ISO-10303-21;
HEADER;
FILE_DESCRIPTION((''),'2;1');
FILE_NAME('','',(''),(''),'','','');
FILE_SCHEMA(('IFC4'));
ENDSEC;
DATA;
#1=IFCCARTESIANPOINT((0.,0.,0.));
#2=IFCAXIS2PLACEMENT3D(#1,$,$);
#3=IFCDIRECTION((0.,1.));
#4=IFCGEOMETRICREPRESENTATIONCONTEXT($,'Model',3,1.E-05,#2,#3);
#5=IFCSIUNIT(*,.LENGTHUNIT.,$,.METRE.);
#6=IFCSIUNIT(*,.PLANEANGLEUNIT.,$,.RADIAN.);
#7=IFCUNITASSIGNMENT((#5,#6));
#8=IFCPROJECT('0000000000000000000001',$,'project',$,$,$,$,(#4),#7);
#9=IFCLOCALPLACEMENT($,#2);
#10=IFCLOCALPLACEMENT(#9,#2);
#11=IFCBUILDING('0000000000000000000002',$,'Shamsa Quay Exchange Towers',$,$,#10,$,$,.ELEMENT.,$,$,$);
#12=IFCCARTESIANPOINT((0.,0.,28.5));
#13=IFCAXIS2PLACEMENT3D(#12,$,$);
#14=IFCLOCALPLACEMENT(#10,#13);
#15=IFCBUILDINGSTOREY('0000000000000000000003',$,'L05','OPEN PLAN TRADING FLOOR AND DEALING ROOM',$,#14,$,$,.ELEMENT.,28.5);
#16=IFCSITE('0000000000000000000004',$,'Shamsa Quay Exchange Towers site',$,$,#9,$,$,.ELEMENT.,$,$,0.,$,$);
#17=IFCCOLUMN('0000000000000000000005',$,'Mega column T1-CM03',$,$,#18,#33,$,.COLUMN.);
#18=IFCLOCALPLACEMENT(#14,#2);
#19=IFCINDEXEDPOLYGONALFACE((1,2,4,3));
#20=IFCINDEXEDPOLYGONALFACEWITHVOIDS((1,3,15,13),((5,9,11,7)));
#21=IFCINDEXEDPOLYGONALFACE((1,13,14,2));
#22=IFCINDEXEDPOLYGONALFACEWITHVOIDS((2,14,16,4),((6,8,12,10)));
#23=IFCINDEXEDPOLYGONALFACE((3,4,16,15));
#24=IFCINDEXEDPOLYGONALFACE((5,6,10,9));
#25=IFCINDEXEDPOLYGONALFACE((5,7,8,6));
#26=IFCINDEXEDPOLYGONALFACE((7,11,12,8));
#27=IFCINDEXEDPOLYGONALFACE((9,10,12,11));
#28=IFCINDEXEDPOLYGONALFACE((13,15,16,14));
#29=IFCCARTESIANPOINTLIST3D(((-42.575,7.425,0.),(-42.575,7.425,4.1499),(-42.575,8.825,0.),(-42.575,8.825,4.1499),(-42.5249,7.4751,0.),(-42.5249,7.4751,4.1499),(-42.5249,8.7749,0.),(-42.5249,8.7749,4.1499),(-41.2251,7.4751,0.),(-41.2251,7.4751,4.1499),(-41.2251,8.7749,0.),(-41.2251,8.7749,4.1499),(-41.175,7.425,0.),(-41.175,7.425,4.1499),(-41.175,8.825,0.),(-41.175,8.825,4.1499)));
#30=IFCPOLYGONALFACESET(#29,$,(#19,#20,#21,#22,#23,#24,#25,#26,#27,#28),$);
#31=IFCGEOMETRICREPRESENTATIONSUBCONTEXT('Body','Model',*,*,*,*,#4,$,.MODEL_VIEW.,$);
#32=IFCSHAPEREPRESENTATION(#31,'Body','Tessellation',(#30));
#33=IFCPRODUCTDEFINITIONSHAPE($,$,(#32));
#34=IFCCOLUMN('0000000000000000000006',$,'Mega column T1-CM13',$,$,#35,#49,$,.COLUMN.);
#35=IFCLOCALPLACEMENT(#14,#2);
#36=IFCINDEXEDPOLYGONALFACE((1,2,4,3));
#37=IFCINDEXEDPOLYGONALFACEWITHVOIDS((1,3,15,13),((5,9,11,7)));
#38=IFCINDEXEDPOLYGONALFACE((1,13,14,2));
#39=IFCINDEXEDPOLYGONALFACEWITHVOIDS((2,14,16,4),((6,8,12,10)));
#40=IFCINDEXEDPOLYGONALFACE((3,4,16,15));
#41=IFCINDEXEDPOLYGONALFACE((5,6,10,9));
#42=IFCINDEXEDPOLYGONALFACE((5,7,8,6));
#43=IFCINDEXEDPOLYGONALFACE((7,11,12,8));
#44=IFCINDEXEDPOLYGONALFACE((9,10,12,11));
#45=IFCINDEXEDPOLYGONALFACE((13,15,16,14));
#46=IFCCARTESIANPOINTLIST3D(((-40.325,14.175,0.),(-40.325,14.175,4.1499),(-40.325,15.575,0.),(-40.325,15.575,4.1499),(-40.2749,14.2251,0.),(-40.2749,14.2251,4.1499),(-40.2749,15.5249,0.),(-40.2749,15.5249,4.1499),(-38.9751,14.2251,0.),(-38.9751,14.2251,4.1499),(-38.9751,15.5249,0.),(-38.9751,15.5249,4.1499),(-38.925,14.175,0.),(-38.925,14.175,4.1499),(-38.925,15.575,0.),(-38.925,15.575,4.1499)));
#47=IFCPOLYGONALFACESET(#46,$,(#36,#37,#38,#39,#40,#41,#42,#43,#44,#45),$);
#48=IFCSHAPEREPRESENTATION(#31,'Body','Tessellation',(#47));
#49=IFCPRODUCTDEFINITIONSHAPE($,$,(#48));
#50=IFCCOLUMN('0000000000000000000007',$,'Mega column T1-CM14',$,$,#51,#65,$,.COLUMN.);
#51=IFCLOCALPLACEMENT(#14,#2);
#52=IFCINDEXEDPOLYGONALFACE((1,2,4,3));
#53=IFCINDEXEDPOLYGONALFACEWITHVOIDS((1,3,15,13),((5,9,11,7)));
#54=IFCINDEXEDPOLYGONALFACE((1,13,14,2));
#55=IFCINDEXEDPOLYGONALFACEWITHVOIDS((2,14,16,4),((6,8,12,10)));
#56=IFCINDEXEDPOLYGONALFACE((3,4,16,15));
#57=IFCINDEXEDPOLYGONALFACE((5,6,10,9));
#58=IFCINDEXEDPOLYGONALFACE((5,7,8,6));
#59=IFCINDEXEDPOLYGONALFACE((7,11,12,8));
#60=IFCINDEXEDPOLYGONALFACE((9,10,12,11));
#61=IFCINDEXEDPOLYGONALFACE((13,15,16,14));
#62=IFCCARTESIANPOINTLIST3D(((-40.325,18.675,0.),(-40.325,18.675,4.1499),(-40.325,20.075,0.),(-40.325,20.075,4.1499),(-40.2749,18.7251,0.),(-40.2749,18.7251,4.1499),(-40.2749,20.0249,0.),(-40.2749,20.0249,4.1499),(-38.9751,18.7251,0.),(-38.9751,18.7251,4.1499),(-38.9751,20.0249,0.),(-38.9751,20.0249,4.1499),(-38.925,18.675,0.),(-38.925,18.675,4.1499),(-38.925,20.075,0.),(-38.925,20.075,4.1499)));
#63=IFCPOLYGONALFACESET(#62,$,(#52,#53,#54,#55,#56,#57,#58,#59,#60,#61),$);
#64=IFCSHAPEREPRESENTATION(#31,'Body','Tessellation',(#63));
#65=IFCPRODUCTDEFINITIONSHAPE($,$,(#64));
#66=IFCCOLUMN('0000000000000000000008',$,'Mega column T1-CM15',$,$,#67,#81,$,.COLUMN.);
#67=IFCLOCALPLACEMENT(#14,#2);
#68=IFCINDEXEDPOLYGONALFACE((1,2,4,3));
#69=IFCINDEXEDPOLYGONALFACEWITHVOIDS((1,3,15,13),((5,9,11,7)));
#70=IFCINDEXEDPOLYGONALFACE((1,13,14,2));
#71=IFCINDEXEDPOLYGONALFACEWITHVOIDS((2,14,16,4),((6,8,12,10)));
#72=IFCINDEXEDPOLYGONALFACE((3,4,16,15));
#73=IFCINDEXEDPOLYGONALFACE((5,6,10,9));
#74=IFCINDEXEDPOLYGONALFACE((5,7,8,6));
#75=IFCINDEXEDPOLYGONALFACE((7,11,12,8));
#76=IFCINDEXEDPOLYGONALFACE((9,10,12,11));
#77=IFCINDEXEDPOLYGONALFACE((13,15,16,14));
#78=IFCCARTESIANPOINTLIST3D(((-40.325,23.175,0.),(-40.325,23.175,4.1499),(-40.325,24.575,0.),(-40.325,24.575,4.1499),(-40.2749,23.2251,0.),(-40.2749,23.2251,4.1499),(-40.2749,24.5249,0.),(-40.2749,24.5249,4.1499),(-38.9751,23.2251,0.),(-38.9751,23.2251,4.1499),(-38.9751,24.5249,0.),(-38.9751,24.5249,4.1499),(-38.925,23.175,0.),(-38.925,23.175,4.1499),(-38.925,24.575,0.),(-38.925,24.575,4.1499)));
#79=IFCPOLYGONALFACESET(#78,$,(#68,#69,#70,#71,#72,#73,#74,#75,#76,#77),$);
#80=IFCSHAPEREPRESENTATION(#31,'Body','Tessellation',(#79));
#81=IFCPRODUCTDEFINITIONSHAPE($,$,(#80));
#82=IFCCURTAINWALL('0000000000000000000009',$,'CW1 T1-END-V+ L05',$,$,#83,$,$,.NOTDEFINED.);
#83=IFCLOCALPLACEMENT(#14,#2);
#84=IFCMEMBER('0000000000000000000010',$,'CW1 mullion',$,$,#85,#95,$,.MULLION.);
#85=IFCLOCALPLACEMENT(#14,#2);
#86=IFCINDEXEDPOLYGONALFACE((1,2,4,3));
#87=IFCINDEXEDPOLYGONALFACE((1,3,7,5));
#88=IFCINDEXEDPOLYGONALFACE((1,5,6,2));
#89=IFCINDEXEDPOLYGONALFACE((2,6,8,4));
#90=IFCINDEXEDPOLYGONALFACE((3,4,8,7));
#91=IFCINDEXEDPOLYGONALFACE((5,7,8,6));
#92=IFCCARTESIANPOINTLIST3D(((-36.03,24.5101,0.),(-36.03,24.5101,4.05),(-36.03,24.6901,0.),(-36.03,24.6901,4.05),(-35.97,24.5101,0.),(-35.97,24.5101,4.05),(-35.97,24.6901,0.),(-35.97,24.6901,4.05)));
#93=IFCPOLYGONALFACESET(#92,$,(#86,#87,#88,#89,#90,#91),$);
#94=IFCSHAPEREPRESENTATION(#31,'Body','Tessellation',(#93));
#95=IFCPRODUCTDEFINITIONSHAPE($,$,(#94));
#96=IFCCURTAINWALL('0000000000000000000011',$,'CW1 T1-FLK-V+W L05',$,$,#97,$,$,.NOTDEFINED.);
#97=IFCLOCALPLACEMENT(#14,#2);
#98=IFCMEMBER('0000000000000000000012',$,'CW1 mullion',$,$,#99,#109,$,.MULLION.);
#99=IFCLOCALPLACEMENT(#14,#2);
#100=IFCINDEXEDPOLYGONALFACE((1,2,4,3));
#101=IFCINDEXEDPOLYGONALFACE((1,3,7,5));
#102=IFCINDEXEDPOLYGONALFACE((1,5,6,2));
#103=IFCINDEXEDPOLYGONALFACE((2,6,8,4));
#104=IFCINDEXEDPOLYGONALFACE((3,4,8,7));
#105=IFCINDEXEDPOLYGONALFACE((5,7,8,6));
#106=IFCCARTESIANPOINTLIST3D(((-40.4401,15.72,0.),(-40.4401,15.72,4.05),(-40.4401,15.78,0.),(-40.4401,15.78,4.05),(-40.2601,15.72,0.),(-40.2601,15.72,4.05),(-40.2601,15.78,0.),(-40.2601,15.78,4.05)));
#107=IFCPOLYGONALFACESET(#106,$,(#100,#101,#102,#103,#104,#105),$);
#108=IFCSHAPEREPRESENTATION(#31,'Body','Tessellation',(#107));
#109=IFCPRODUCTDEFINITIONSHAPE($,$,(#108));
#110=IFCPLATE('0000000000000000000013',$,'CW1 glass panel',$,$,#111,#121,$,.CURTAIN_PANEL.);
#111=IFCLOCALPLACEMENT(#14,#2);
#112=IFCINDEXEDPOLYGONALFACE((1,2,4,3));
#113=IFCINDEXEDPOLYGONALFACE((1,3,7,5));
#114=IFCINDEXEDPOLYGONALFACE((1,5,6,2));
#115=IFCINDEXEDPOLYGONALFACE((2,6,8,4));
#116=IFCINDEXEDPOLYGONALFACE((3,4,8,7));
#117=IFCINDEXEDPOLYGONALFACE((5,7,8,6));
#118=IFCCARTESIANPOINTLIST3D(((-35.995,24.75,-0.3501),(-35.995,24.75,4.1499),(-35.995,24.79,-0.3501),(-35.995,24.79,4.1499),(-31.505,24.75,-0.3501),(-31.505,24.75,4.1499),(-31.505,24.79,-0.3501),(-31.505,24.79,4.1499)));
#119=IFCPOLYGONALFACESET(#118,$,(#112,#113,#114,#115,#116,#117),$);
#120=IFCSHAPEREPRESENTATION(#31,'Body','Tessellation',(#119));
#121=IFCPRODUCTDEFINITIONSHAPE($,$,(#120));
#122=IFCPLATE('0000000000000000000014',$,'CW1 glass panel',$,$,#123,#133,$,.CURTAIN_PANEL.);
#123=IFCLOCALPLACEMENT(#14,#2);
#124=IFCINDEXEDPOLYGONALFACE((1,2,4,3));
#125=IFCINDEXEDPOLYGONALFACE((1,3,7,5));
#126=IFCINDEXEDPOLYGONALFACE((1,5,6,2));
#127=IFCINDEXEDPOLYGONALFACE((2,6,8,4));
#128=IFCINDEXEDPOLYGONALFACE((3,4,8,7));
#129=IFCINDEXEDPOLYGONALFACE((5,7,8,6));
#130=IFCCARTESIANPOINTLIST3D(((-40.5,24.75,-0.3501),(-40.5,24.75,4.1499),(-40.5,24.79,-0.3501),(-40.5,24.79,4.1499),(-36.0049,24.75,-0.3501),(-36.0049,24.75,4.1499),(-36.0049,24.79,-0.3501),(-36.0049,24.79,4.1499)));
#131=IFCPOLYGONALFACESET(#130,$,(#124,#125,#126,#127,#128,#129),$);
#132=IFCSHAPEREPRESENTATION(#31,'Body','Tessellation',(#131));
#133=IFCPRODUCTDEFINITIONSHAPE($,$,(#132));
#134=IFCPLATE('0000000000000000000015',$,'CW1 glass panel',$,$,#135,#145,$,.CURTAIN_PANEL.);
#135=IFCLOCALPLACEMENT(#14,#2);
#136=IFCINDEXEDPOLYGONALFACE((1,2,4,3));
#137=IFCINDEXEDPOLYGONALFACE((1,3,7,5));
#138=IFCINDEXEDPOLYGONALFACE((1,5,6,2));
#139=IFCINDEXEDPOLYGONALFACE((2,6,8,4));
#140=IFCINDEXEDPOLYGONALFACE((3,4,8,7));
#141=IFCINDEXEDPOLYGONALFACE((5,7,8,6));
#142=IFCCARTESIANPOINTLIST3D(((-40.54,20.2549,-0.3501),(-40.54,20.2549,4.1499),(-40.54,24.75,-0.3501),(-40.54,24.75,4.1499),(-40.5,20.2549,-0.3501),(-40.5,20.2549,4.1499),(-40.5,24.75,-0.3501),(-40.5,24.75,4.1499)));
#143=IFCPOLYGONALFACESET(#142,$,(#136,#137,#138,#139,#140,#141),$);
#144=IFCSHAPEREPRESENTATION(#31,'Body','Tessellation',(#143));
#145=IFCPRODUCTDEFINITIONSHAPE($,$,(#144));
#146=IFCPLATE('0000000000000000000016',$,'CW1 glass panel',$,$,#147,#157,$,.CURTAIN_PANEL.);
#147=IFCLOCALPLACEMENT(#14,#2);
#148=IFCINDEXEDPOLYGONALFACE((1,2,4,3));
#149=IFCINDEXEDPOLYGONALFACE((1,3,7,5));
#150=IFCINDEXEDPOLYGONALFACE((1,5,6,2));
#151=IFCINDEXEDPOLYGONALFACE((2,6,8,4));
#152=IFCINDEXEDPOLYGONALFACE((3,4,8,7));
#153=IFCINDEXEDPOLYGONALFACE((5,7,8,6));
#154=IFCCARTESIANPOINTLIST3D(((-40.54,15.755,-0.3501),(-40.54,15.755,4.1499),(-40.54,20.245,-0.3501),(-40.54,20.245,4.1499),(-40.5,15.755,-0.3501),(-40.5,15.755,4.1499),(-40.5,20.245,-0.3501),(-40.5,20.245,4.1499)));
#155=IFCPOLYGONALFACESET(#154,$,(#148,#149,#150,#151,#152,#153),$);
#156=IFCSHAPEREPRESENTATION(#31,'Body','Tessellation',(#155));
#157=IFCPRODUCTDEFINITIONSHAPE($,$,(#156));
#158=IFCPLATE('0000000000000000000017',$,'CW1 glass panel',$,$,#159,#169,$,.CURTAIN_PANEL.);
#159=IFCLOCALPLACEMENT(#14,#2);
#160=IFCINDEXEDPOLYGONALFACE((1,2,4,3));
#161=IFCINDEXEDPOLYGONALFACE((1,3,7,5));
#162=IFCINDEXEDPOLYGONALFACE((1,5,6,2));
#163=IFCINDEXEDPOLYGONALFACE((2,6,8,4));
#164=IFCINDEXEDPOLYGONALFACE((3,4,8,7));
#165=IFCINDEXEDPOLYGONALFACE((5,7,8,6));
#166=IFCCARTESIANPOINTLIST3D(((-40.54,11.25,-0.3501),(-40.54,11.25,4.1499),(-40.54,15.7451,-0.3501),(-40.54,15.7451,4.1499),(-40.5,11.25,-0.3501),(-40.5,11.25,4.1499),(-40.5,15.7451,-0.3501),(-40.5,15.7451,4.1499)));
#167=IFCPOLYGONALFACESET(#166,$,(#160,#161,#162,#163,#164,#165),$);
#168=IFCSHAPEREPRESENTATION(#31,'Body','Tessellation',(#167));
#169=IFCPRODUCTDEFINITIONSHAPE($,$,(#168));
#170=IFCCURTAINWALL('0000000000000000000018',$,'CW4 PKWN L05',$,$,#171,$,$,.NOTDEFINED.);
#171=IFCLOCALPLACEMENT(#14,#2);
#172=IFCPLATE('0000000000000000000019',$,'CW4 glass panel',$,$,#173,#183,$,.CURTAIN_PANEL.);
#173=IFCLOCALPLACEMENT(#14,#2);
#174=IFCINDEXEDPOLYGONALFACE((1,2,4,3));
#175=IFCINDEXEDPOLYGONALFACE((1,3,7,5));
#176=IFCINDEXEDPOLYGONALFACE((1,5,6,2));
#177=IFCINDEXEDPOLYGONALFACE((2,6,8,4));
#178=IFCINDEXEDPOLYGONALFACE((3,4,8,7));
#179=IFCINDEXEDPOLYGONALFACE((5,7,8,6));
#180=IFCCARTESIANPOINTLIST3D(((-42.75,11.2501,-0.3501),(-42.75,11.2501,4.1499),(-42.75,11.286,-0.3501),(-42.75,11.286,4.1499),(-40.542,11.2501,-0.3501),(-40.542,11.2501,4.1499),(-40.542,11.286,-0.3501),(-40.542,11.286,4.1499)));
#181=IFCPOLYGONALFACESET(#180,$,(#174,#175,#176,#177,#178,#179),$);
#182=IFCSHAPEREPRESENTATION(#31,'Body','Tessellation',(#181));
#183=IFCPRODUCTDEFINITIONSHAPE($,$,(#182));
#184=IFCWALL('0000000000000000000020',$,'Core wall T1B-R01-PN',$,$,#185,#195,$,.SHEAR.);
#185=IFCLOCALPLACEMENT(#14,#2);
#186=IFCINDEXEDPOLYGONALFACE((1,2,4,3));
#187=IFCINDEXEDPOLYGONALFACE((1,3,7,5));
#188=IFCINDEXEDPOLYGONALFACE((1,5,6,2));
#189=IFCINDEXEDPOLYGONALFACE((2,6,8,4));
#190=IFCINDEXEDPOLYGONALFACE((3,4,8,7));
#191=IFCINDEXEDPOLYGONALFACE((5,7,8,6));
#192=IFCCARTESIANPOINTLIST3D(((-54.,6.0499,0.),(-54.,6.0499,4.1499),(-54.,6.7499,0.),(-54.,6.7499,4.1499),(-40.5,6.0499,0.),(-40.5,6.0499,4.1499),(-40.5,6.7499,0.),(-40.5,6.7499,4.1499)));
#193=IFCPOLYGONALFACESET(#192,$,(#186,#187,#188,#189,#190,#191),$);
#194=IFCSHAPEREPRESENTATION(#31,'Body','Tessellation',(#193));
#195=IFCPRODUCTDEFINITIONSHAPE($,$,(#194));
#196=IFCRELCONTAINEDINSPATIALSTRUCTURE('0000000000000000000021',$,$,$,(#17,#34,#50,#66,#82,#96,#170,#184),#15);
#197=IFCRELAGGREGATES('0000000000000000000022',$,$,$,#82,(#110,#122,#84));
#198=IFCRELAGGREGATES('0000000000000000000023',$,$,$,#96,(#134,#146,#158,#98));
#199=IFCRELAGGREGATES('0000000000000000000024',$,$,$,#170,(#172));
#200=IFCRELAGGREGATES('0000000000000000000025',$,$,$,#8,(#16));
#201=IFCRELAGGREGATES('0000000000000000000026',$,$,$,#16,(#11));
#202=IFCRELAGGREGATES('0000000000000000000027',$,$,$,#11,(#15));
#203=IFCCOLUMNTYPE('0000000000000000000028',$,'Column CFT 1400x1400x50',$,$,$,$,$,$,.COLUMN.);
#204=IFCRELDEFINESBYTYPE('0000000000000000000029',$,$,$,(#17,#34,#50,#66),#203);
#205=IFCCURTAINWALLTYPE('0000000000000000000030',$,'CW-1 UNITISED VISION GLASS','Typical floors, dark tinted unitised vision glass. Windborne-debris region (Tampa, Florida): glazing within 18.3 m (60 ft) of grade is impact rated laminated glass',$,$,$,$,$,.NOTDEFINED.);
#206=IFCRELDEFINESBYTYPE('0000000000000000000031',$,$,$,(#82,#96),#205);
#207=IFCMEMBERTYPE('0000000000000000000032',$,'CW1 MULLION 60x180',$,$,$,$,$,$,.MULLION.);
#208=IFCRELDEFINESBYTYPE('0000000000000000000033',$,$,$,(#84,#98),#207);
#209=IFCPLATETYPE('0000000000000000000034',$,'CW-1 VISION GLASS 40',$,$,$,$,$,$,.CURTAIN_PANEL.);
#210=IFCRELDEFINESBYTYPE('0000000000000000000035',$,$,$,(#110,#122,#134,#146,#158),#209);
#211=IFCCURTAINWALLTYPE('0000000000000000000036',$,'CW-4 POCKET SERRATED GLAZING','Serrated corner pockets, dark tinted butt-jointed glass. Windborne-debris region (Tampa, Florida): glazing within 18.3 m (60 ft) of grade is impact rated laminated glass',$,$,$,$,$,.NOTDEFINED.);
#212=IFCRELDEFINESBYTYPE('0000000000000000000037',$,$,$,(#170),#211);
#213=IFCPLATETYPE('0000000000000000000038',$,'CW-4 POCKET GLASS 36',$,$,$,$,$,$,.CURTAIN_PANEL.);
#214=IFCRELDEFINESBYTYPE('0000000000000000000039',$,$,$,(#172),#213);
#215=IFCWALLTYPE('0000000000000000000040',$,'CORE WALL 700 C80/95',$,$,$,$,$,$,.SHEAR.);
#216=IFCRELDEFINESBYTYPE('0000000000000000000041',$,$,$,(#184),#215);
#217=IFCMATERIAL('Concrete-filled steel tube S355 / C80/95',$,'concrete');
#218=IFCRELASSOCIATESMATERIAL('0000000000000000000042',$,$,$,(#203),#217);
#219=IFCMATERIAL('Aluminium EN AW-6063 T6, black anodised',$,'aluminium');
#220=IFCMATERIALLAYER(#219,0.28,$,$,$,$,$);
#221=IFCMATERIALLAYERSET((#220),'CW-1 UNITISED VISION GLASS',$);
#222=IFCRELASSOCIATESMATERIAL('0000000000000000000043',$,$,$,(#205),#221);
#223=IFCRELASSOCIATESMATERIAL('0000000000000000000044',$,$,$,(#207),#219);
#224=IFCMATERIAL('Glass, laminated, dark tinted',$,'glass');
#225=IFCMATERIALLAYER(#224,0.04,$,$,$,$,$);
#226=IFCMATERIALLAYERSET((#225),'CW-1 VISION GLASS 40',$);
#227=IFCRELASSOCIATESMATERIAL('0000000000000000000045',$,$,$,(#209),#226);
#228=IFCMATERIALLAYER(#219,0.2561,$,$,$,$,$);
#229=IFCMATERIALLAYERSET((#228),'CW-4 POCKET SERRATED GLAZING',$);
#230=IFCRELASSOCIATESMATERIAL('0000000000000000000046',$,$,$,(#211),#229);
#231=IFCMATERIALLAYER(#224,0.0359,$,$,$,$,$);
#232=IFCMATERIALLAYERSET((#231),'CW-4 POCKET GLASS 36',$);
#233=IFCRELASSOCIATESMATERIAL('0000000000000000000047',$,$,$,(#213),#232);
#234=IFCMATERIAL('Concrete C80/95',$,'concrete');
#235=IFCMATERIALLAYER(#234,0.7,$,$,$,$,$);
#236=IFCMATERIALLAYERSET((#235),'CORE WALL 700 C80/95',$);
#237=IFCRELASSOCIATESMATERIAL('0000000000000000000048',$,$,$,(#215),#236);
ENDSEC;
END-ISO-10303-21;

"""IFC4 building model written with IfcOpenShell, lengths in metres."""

from ifc_helpers import new_model, si_unit, direction, frame, frame_2d, origin, origin_2d, place, context, subcontext, project, spatial, rectangle, hollow_rectangle, extrude, material, layer, layer_set, material_profile, profile_set, type_object, element, aggregate, save


model = new_model("IFC4")

# Units and contexts
model_context = context("Model", 3, precision=1e-05, world=origin(), true_north=direction((0.0, 1.0)))
body_context = subcontext(model_context, "Body", "Model", "MODEL_VIEW")
ifc_project = project(units=[si_unit("LENGTHUNIT", "METRE"), si_unit("PLANEANGLEUNIT", "RADIAN")], contexts=[model_context])

# Site, building, storey
site_placement = place(None, origin())
site = spatial("IfcSite", under=ifc_project, at=site_placement, Name="Shamsa Quay Exchange Towers site", CompositionType="ELEMENT", RefElevation=0.0)
building_placement = place(site_placement, origin())
building = spatial("IfcBuilding", under=site, at=building_placement, Name="Shamsa Quay Exchange Towers", CompositionType="ELEMENT")
storey_placement = place(building_placement, frame((0.0, 0.0, 28.5)))
storey = spatial("IfcBuildingStorey", under=building, at=storey_placement, Name="L05", Description="OPEN PLAN TRADING FLOOR AND DEALING ROOM", CompositionType="ELEMENT", Elevation=28.5)

# Columns
ifc_material_1 = material(Name="Concrete-filled steel tube S355 / C80/95", Category="concrete")
ifc_material_profile_1 = material_profile(ifc_material_1, hollow_rectangle(XDim=1.3999, YDim=1.3999, WallThickness=0.05, at=origin_2d()), Name="CFT 1400x1400x50")
ifc_profile_set_1 = profile_set([ifc_material_profile_1], Name="Concrete-filled steel tube S355 / C80/95")
column_type = type_object("IfcColumnType", Name="Column CFT 1400x1400x50", PredefinedType="COLUMN", material=ifc_profile_set_1)
for number, where, name in (
    (1, (-41.875, 8.125, 0.0), "Mega column T1-CM03"),
    (2, (-39.625, 14.875, 0.0), "Mega column T1-CM13"),
    (3, (-39.625, 19.375, 0.0), "Mega column T1-CM14"),
    (4, (-39.625, 23.875, 0.0), "Mega column T1-CM15"),
):
    element("IfcColumn", number, at=place(storey_placement, frame(where)), inside=storey, type_object=column_type, Name=name, PredefinedType="COLUMN", context=body_context, shape_type="SweptSolid", body=[
        extrude(hollow_rectangle(XDim=1.3999, YDim=1.3999, WallThickness=0.05, at=origin_2d()), origin(), (0.0, 0.0, 1.0), 4.1499),
    ])

# Curtain walls, members
ifc_material_2 = material(Name="Aluminium EN AW-6063 T6, black anodised", Category="aluminium")
ifc_layer_1 = layer(ifc_material_2, 0.28)
ifc_layer_set_1 = layer_set([ifc_layer_1], Name="CW-1 UNITISED VISION GLASS")
curtain_wall_type_1 = type_object("IfcCurtainWallType", Name="CW-1 UNITISED VISION GLASS", Description="Typical floors, dark tinted unitised vision glass. Windborne-debris region (Tampa, Florida): glazing within 18.3 m (60 ft) of grade is impact rated laminated glass", PredefinedType="NOTDEFINED", material=ifc_layer_set_1)
curtain_wall_1_placement = place(storey_placement, origin())
curtain_wall_1 = element("IfcCurtainWall", 5, at=curtain_wall_1_placement, inside=storey, type_object=curtain_wall_type_1, Name="CW1 T1-END-V+ L05", PredefinedType="NOTDEFINED")
ifc_material_profile_2 = material_profile(ifc_material_2, rectangle(XDim=0.1799, YDim=0.0601, at=origin_2d()), Name="MU60x180")
ifc_profile_set_2 = profile_set([ifc_material_profile_2], Name="Aluminium EN AW-6063 T6, black anodised")
member_type = type_object("IfcMemberType", Name="CW1 MULLION 60x180", PredefinedType="MULLION", material=ifc_profile_set_2)
member_1_placement = place(storey_placement, frame((-36.0, 24.6001, 0.0), z_axis=(0.0, 0.0, 1.0), x_axis=(0.0, -1.0, 0.0)))
member_1 = element("IfcMember", 6, at=member_1_placement, type_object=member_type, Name="CW1 mullion", PredefinedType="MULLION", context=body_context, shape_type="SweptSolid", body=[
    extrude(rectangle(XDim=0.1799, YDim=0.0601, at=origin_2d()), origin(), (0.0, 0.0, 1.0), 4.05),
])
curtain_wall_2_placement = place(storey_placement, origin())
curtain_wall_2 = element("IfcCurtainWall", 7, at=curtain_wall_2_placement, inside=storey, type_object=curtain_wall_type_1, Name="CW1 T1-FLK-V+W L05", PredefinedType="NOTDEFINED")
member_2_placement = place(storey_placement, frame((-40.3501, 15.75, 0.0)))
member_2 = element("IfcMember", 8, at=member_2_placement, type_object=member_type, Name="CW1 mullion", PredefinedType="MULLION", context=body_context, shape_type="SweptSolid", body=[
    extrude(rectangle(XDim=0.1799, YDim=0.0601, at=origin_2d()), origin(), (0.0, 0.0, 1.0), 4.05),
])

# Plates
ifc_material_3 = material(Name="Glass, laminated, dark tinted", Category="glass")
ifc_layer_2 = layer(ifc_material_3, 0.04)
ifc_layer_set_2 = layer_set([ifc_layer_2], Name="CW-1 VISION GLASS 40")
plate_type_1 = type_object("IfcPlateType", Name="CW-1 VISION GLASS 40", PredefinedType="CURTAIN_PANEL", material=ifc_layer_set_2)
plate_1_placement = place(storey_placement, frame((-33.75, 24.77, -0.3501), z_axis=(0.0, 0.0, 1.0), x_axis=(-1.0, 0.0, 0.0)))
plate_1 = element("IfcPlate", 9, at=plate_1_placement, type_object=plate_type_1, Name="CW1 glass panel", PredefinedType="CURTAIN_PANEL", context=body_context, shape_type="SweptSolid", body=[
    extrude(rectangle(XDim=4.49, YDim=0.04, at=origin_2d()), origin(), (0.0, 0.0, 1.0), 4.5),
])
plate_2_placement = place(storey_placement, frame((-38.2524, 24.77, -0.3501), z_axis=(0.0, 0.0, 1.0), x_axis=(-1.0, 0.0, 0.0)))
plate_2 = element("IfcPlate", 10, at=plate_2_placement, type_object=plate_type_1, Name="CW1 glass panel", PredefinedType="CURTAIN_PANEL", context=body_context, shape_type="SweptSolid", body=[
    extrude(rectangle(XDim=4.4951, YDim=0.04, at=origin_2d()), origin(), (0.0, 0.0, 1.0), 4.5),
])
aggregate(curtain_wall_1, [plate_1, plate_2, member_1])
plate_3_placement = place(storey_placement, frame((-40.52, 22.5024, -0.3501), z_axis=(0.0, 0.0, 1.0), x_axis=(0.0, -1.0, 0.0)))
plate_3 = element("IfcPlate", 11, at=plate_3_placement, type_object=plate_type_1, Name="CW1 glass panel", PredefinedType="CURTAIN_PANEL", context=body_context, shape_type="SweptSolid", body=[
    extrude(rectangle(XDim=4.4951, YDim=0.04, at=origin_2d()), origin(), (0.0, 0.0, 1.0), 4.5),
])
plate_4_placement = place(storey_placement, frame((-40.52, 18.0, -0.3501), z_axis=(0.0, 0.0, 1.0), x_axis=(0.0, -1.0, 0.0)))
plate_4 = element("IfcPlate", 12, at=plate_4_placement, type_object=plate_type_1, Name="CW1 glass panel", PredefinedType="CURTAIN_PANEL", context=body_context, shape_type="SweptSolid", body=[
    extrude(rectangle(XDim=4.49, YDim=0.04, at=origin_2d()), origin(), (0.0, 0.0, 1.0), 4.5),
])
plate_5_placement = place(storey_placement, frame((-40.52, 13.4976, -0.3501), z_axis=(0.0, 0.0, 1.0), x_axis=(0.0, -1.0, 0.0)))
plate_5 = element("IfcPlate", 13, at=plate_5_placement, type_object=plate_type_1, Name="CW1 glass panel", PredefinedType="CURTAIN_PANEL", context=body_context, shape_type="SweptSolid", body=[
    extrude(rectangle(XDim=4.4951, YDim=0.04, at=origin_2d()), origin(), (0.0, 0.0, 1.0), 4.5),
])
aggregate(curtain_wall_2, [plate_3, plate_4, plate_5, member_2])

# Curtain wall, plate
ifc_layer_3 = layer(ifc_material_2, 0.2561)
ifc_layer_set_3 = layer_set([ifc_layer_3], Name="CW-4 POCKET SERRATED GLAZING")
curtain_wall_type_2 = type_object("IfcCurtainWallType", Name="CW-4 POCKET SERRATED GLAZING", Description="Serrated corner pockets, dark tinted butt-jointed glass. Windborne-debris region (Tampa, Florida): glazing within 18.3 m (60 ft) of grade is impact rated laminated glass", PredefinedType="NOTDEFINED", material=ifc_layer_set_3)
curtain_wall_3_placement = place(storey_placement, origin())
curtain_wall_3 = element("IfcCurtainWall", 14, at=curtain_wall_3_placement, inside=storey, type_object=curtain_wall_type_2, Name="CW4 PKWN L05", PredefinedType="NOTDEFINED")
ifc_layer_4 = layer(ifc_material_3, 0.0359)
ifc_layer_set_4 = layer_set([ifc_layer_4], Name="CW-4 POCKET GLASS 36")
plate_type_2 = type_object("IfcPlateType", Name="CW-4 POCKET GLASS 36", PredefinedType="CURTAIN_PANEL", material=ifc_layer_set_4)
plate_6_placement = place(storey_placement, frame((-41.646, 11.2681, -0.3501), z_axis=(0.0, 0.0, 1.0), x_axis=(-1.0, 0.0, 0.0)))
plate_6 = element("IfcPlate", 15, at=plate_6_placement, type_object=plate_type_2, Name="CW4 glass panel", PredefinedType="CURTAIN_PANEL", context=body_context, shape_type="SweptSolid", body=[
    extrude(rectangle(XDim=2.208, YDim=0.0359, at=origin_2d()), origin(), (0.0, 0.0, 1.0), 4.5),
])
aggregate(curtain_wall_3, [plate_6])

# Wall
ifc_material_4 = material(Name="Concrete C80/95", Category="concrete")
ifc_layer_5 = layer(ifc_material_4, 0.7)
ifc_layer_set_5 = layer_set([ifc_layer_5], Name="CORE WALL 700 C80/95")
wall_type_1 = type_object("IfcWallType", Name="CORE WALL 700 C80/95", PredefinedType="SHEAR", material=ifc_layer_set_5)
wall_1_placement = place(storey_placement, frame((-40.5, 6.3999, 0.0), z_axis=(0.0, 0.0, 1.0), x_axis=(-1.0, 0.0, 0.0)))
element("IfcWall", 16, at=wall_1_placement, inside=storey, type_object=wall_type_1, Name="Core wall T1B-R01-PN", PredefinedType="SHEAR", context=body_context, shape_type="SweptSolid", body=[
    extrude(rectangle(XDim=13.5, YDim=0.7, at=frame_2d((6.75, 0.0))), origin(), (0.0, 0.0, 1.0), 4.1499),
])

save(model, "model.ifc")
